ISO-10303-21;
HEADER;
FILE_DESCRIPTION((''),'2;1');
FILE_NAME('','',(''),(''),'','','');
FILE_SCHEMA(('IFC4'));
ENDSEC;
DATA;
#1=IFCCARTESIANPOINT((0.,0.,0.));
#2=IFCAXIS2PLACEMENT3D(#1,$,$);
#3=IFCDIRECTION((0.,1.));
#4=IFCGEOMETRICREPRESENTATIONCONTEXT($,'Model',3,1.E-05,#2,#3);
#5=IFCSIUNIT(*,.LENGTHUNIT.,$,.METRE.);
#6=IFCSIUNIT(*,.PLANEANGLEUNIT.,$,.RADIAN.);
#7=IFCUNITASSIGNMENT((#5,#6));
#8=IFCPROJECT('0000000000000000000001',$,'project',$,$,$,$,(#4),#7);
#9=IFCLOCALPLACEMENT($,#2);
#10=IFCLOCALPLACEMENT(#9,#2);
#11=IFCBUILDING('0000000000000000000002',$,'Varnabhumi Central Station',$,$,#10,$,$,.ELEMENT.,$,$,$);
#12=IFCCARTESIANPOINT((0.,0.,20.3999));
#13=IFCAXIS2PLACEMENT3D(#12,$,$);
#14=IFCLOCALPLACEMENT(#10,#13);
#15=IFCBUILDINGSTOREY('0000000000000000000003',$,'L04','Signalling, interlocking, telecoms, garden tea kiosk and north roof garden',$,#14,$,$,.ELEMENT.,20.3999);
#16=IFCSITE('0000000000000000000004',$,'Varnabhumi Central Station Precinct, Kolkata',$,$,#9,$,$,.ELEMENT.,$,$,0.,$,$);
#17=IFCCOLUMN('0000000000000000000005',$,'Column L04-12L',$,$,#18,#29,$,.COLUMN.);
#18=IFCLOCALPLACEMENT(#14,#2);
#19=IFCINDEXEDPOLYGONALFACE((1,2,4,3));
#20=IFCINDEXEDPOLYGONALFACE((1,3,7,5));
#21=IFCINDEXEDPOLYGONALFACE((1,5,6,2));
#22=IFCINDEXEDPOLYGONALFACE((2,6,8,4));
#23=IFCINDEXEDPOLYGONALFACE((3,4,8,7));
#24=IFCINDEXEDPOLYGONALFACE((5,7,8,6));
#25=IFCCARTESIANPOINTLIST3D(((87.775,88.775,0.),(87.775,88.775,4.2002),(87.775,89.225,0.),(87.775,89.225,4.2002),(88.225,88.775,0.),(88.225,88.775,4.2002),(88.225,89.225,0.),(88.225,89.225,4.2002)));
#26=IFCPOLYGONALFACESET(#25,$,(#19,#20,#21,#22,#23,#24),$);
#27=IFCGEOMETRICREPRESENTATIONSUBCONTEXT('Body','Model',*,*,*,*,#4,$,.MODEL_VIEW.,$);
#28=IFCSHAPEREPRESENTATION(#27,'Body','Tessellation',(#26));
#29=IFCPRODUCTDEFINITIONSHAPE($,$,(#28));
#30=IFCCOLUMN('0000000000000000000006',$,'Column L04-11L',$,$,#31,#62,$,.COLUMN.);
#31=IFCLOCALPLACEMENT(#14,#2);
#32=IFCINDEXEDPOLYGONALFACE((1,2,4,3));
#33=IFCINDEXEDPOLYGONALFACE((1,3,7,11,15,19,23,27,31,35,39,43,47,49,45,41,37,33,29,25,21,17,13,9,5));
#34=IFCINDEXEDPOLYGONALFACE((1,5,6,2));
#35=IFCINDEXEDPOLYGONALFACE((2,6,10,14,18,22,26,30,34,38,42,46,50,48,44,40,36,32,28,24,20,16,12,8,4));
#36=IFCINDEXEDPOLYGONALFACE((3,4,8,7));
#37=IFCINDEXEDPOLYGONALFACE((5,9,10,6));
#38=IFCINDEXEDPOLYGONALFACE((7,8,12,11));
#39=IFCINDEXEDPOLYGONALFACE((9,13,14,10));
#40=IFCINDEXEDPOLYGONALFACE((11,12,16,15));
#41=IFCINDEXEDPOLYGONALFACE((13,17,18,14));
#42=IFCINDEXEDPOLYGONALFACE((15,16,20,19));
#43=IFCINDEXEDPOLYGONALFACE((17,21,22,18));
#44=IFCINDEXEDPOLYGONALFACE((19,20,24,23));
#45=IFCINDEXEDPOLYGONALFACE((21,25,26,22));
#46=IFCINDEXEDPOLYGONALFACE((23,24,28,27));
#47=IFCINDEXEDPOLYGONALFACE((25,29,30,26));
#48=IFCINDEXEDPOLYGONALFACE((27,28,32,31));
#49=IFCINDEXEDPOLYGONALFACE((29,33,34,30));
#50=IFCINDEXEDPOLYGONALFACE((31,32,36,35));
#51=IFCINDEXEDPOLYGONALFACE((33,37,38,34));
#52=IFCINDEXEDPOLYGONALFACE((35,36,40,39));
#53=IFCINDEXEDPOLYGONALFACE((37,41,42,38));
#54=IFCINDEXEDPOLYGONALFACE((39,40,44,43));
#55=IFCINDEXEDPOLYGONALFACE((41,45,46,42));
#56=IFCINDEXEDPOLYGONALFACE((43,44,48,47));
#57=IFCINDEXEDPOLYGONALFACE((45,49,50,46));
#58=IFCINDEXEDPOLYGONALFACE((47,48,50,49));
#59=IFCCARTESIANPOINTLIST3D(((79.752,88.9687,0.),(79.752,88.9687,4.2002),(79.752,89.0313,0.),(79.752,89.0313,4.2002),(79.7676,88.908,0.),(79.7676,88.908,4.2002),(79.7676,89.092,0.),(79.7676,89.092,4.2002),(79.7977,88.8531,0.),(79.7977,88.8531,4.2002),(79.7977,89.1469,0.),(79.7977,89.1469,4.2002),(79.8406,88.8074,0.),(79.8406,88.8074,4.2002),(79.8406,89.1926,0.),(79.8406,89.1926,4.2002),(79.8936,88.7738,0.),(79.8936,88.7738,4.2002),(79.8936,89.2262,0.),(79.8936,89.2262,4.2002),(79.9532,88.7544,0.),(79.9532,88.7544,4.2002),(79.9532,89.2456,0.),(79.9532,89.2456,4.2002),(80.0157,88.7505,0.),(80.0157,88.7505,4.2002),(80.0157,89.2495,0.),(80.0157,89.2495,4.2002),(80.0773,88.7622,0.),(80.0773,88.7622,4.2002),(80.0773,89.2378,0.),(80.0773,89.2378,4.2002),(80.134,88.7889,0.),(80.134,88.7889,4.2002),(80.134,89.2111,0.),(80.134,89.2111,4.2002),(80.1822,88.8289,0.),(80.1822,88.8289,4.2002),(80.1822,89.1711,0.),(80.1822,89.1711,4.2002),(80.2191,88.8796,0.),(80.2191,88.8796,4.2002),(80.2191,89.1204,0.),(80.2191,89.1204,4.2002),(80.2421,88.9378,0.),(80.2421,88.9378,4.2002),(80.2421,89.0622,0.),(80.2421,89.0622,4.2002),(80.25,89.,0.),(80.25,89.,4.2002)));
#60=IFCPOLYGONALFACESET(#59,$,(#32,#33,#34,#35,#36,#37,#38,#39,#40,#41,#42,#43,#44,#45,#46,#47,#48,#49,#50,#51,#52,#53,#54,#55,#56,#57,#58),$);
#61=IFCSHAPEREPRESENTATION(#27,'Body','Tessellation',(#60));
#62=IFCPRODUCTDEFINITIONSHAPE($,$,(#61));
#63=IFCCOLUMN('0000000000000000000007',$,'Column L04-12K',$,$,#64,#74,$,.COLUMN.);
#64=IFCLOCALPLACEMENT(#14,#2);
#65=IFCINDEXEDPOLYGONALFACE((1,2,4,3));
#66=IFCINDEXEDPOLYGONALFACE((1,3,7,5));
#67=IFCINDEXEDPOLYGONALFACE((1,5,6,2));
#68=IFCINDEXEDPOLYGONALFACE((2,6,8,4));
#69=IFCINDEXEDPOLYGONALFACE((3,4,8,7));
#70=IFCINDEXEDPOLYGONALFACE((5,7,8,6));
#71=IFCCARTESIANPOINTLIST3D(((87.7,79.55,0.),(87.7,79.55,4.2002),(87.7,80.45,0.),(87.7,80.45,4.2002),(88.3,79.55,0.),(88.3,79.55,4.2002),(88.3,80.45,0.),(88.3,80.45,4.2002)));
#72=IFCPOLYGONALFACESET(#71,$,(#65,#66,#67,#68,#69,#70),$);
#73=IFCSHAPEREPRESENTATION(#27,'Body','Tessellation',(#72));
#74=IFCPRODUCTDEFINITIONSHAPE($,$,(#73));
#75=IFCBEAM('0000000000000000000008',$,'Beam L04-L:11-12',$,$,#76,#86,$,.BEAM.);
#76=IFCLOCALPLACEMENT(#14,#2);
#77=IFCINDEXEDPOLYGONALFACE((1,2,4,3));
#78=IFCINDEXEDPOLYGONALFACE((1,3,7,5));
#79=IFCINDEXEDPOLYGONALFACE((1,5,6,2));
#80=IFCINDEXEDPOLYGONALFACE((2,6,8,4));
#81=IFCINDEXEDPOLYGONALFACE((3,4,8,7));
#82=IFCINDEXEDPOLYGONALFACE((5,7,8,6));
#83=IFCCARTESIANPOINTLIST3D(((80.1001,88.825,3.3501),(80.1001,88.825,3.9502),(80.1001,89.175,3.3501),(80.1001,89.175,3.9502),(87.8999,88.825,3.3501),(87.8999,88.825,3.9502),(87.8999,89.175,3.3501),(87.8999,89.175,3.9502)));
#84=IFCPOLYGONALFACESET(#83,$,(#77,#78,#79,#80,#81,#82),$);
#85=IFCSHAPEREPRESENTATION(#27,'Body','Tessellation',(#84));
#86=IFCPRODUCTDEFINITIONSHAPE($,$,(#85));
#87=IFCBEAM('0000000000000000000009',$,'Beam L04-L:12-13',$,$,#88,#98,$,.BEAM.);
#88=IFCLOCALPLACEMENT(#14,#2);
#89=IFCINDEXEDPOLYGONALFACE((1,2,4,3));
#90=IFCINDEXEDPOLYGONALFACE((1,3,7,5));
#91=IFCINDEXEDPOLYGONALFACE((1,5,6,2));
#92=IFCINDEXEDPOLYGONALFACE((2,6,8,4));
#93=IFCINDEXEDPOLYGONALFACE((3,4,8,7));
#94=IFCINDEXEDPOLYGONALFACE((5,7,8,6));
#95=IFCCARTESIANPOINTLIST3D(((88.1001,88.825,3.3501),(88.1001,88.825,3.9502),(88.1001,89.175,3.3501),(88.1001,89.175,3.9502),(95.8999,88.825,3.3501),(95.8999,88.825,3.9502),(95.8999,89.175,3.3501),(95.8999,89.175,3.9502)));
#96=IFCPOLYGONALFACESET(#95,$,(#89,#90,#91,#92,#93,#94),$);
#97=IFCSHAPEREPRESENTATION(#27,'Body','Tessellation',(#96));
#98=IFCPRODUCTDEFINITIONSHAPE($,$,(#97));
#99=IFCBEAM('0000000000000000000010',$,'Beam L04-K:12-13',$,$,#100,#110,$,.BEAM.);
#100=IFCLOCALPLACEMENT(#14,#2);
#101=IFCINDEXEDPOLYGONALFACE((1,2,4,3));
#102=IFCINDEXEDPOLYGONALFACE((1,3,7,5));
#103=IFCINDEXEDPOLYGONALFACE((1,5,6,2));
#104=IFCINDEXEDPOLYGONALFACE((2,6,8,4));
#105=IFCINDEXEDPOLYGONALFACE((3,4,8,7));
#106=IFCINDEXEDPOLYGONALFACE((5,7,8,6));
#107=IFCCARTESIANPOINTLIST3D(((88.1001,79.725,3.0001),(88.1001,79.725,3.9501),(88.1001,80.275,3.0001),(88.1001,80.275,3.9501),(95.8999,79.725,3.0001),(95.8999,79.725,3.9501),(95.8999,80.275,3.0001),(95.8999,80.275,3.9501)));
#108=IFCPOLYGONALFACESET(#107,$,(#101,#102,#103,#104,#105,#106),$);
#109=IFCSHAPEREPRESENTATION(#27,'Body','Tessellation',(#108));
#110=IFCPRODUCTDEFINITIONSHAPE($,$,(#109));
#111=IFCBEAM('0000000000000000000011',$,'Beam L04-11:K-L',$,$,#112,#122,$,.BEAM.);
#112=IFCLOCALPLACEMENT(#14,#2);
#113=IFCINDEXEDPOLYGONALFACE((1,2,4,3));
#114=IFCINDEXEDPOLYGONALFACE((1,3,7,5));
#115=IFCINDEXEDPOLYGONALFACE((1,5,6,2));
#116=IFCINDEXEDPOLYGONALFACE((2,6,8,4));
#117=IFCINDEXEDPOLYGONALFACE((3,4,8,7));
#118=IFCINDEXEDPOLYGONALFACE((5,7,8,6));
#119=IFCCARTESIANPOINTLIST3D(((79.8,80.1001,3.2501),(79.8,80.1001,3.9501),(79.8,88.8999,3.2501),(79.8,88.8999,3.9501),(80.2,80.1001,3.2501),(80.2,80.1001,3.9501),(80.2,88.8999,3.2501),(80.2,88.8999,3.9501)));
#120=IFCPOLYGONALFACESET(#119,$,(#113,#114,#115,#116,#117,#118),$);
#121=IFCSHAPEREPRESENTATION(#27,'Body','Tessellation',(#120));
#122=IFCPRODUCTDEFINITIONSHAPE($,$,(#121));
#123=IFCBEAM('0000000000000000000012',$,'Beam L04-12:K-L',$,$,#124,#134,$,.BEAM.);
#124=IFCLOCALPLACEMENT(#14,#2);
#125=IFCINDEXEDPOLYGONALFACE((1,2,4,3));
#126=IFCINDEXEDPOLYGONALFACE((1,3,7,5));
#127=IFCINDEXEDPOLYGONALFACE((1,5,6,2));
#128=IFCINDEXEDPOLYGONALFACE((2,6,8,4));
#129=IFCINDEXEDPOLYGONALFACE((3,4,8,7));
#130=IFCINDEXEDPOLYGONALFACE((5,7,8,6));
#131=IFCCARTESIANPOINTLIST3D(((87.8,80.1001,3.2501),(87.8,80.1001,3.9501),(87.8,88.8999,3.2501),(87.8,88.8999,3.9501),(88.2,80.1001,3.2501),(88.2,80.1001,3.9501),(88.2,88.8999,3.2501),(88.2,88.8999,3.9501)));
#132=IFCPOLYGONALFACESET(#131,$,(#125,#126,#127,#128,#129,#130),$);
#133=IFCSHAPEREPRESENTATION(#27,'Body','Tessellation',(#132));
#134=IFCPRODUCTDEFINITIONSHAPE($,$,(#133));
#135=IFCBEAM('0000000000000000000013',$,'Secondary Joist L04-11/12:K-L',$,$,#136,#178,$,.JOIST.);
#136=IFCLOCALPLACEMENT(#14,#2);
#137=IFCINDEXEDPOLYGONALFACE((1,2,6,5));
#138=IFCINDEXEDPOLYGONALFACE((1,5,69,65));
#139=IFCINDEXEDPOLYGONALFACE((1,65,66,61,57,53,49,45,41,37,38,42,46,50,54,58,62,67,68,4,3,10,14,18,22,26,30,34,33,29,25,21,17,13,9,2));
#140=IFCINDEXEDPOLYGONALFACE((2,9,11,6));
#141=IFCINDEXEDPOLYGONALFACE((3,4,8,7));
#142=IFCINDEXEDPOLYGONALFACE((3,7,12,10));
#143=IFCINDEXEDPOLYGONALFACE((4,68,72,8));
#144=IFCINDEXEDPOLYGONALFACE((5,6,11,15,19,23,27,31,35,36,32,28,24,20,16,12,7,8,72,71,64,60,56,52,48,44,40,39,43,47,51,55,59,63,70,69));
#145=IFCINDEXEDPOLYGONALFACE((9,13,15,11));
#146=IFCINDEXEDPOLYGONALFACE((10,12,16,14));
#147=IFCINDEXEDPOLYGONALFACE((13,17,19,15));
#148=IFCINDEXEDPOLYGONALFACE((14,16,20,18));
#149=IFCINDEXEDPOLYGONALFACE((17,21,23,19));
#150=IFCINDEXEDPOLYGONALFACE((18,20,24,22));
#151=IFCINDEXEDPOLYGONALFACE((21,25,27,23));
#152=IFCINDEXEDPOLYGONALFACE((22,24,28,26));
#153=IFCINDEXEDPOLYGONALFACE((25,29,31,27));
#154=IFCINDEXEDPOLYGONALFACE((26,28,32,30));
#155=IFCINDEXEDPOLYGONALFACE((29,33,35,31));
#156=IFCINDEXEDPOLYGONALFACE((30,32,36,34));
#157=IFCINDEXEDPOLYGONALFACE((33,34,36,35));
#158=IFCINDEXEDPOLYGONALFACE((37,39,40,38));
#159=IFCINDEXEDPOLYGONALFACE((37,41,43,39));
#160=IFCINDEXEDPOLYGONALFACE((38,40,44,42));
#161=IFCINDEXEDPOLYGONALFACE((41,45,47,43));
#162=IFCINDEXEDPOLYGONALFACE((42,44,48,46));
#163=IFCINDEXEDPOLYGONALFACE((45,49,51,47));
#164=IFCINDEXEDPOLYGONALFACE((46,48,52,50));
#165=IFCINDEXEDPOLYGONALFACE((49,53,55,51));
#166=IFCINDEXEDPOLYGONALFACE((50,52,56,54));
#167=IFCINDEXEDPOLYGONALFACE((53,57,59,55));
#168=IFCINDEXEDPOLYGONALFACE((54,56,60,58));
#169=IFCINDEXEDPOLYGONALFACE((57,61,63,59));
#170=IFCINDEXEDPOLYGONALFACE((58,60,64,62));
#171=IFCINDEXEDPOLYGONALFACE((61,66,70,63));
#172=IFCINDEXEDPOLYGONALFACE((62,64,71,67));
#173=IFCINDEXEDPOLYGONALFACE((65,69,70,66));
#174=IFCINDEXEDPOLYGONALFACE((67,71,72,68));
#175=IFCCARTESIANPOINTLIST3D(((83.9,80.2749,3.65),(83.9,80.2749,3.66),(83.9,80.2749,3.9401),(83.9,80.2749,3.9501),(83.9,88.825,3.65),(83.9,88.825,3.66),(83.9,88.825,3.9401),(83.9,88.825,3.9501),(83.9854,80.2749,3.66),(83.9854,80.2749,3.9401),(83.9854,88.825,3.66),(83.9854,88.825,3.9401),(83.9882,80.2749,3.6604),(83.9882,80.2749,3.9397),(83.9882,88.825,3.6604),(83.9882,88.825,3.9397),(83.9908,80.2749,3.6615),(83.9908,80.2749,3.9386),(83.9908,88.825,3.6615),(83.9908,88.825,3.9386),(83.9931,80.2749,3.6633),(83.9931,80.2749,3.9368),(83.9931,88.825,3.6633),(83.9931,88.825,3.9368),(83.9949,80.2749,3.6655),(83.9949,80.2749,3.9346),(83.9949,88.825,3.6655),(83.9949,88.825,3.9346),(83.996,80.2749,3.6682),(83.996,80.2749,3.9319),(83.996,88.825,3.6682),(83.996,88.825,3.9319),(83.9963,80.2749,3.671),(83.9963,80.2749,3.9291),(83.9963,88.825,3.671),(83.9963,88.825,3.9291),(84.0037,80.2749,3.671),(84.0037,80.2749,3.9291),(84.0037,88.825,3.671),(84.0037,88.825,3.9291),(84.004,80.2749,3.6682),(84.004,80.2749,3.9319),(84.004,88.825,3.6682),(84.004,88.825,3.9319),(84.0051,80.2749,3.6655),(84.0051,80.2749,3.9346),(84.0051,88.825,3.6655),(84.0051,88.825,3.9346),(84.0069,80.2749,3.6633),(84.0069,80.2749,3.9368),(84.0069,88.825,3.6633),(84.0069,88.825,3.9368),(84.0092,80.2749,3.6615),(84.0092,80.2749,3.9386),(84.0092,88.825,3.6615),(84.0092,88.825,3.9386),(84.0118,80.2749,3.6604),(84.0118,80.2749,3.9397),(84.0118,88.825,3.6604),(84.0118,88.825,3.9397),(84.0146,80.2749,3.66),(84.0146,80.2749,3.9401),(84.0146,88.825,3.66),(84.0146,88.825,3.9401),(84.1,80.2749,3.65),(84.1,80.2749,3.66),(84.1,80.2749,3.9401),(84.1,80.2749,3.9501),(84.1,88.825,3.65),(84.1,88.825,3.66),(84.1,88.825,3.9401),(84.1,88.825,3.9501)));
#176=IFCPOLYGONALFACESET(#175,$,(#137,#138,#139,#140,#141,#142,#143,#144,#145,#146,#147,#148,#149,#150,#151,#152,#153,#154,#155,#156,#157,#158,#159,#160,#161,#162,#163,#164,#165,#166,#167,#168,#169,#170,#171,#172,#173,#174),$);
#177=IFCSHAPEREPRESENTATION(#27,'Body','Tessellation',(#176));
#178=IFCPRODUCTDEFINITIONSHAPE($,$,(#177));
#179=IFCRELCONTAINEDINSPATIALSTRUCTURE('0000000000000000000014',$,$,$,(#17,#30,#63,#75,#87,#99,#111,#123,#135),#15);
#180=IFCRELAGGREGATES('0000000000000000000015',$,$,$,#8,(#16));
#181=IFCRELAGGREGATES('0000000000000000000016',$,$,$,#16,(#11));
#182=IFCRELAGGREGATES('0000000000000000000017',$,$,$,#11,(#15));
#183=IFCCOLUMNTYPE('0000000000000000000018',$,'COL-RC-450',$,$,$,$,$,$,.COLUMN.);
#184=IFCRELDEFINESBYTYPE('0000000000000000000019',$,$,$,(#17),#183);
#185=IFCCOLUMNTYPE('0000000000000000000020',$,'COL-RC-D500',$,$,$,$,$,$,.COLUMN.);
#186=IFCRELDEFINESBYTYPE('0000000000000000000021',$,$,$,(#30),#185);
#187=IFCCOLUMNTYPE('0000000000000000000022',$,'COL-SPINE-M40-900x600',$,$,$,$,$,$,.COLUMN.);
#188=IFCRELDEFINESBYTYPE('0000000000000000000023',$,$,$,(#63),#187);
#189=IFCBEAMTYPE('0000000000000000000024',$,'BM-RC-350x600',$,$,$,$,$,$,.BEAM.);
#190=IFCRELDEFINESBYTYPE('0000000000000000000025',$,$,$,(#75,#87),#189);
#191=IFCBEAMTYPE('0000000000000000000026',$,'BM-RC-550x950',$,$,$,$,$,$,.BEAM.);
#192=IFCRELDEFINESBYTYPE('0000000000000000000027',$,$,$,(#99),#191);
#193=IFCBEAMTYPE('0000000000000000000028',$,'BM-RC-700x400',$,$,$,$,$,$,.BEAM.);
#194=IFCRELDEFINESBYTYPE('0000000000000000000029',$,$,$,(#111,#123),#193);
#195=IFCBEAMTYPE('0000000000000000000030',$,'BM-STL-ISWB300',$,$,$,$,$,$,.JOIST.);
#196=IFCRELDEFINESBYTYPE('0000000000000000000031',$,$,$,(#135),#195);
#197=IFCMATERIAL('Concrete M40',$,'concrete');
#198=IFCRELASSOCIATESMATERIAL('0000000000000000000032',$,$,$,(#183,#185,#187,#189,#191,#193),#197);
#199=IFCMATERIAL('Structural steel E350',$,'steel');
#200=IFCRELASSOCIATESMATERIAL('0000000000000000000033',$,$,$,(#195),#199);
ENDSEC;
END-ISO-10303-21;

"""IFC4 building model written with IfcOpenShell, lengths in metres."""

from ifc_helpers import new_model, si_unit, direction, frame, origin, origin_2d, place, context, subcontext, project, spatial, rectangle, circle, i_section, extrude, material, material_profile, profile_set, type_object, element, save


model = new_model("IFC4")

# Units and contexts
model_context = context("Model", 3, precision=1e-05, world=origin(), true_north=direction((0.0, 1.0)))
body_context = subcontext(model_context, "Body", "Model", "MODEL_VIEW")
ifc_project = project(units=[si_unit("LENGTHUNIT", "METRE"), si_unit("PLANEANGLEUNIT", "RADIAN")], contexts=[model_context])

# Site, building, storey
site_placement = place(None, origin())
site = spatial("IfcSite", under=ifc_project, at=site_placement, Name="Varnabhumi Central Station Precinct, Kolkata", CompositionType="ELEMENT", RefElevation=0.0)
building_placement = place(site_placement, origin())
building = spatial("IfcBuilding", under=site, at=building_placement, Name="Varnabhumi Central Station", CompositionType="ELEMENT")
storey_placement = place(building_placement, frame((0.0, 0.0, 20.3999)))
storey = spatial("IfcBuildingStorey", under=building, at=storey_placement, Name="L04", Description="Signalling, interlocking, telecoms, garden tea kiosk and north roof garden", CompositionType="ELEMENT", Elevation=20.3999)

# Columns
ifc_material_1 = material(Name="Concrete M40", Category="concrete")
ifc_material_profile_1 = material_profile(ifc_material_1, rectangle(XDim=0.45, YDim=0.45, at=origin_2d()), Name="Concrete M40", Category="concrete")
ifc_profile_set_1 = profile_set([ifc_material_profile_1], Name="Concrete M40")
column_type_1 = type_object("IfcColumnType", Name="COL-RC-450", PredefinedType="COLUMN", material=ifc_profile_set_1)
column_1_placement = place(storey_placement, frame((88.0, 89.0, 0.0), z_axis=(0.0, 0.0, 1.0), x_axis=(1.0, 0.0, 0.0)))
element("IfcColumn", 1, at=column_1_placement, inside=storey, type_object=column_type_1, Name="Column L04-12L", PredefinedType="COLUMN", context=body_context, shape_type="SweptSolid", body=[
    extrude(rectangle(XDim=0.45, YDim=0.45, at=origin_2d()), origin(), (0.0, 0.0, 1.0), 4.2002),
])
ifc_material_profile_2 = material_profile(ifc_material_1, circle(Radius=0.25, at=origin_2d()), Name="Concrete M40", Category="concrete")
ifc_profile_set_2 = profile_set([ifc_material_profile_2], Name="Concrete M40")
column_type_2 = type_object("IfcColumnType", Name="COL-RC-D500", PredefinedType="COLUMN", material=ifc_profile_set_2)
column_2_placement = place(storey_placement, frame((80.0, 89.0, 0.0), z_axis=(0.0, 0.0, 1.0), x_axis=(1.0, 0.0, 0.0)))
element("IfcColumn", 2, at=column_2_placement, inside=storey, type_object=column_type_2, Name="Column L04-11L", PredefinedType="COLUMN", context=body_context, shape_type="SweptSolid", body=[
    extrude(circle(Radius=0.25, at=origin_2d()), origin(), (0.0, 0.0, 1.0), 4.2002),
])
ifc_material_profile_3 = material_profile(ifc_material_1, rectangle(XDim=0.6001, YDim=0.8999, at=origin_2d()), Name="Concrete M40", Category="concrete")
ifc_profile_set_3 = profile_set([ifc_material_profile_3], Name="Concrete M40")
column_type_3 = type_object("IfcColumnType", Name="COL-SPINE-M40-900x600", PredefinedType="COLUMN", material=ifc_profile_set_3)
column_3_placement = place(storey_placement, frame((88.0, 80.0, 0.0), z_axis=(0.0, 0.0, 1.0), x_axis=(1.0, 0.0, 0.0)))
element("IfcColumn", 3, at=column_3_placement, inside=storey, type_object=column_type_3, Name="Column L04-12K", PredefinedType="COLUMN", context=body_context, shape_type="SweptSolid", body=[
    extrude(rectangle(XDim=0.6001, YDim=0.8999, at=origin_2d()), origin(), (0.0, 0.0, 1.0), 4.2002),
])

# Beams
ifc_material_profile_4 = material_profile(ifc_material_1, rectangle(XDim=0.3501, YDim=0.6001, at=origin_2d()), Name="Concrete M40", Category="concrete")
ifc_profile_set_4 = profile_set([ifc_material_profile_4], Name="Concrete M40")
beam_type_1 = type_object("IfcBeamType", Name="BM-RC-350x600", PredefinedType="BEAM", material=ifc_profile_set_4)
for number, where, z_axis, x_axis, name in (
    (4, (80.1001, 89.0, 3.6501), (1.0, 0.0, 0.0), (0.0, 1.0, 0.0), "Beam L04-L:11-12"),
    (5, (88.1001, 89.0, 3.6501), (1.0, 0.0, 0.0), (0.0, 1.0, 0.0), "Beam L04-L:12-13"),
):
    element("IfcBeam", number, at=place(storey_placement, frame(where, z_axis=z_axis, x_axis=x_axis)), inside=storey, type_object=beam_type_1, Name=name, PredefinedType="BEAM", context=body_context, shape_type="SweptSolid", body=[
        extrude(rectangle(XDim=0.3501, YDim=0.6001, at=origin_2d()), origin(), (0.0, 0.0, 1.0), 7.7998),
    ])
ifc_material_profile_5 = material_profile(ifc_material_1, rectangle(XDim=0.55, YDim=0.95, at=origin_2d()), Name="Concrete M40", Category="concrete")
ifc_profile_set_5 = profile_set([ifc_material_profile_5], Name="Concrete M40")
beam_type_2 = type_object("IfcBeamType", Name="BM-RC-550x950", PredefinedType="BEAM", material=ifc_profile_set_5)
beam_1_placement = place(storey_placement, frame((88.1001, 80.0, 3.4751), z_axis=(1.0, 0.0, 0.0), x_axis=(0.0, 1.0, 0.0)))
element("IfcBeam", 6, at=beam_1_placement, inside=storey, type_object=beam_type_2, Name="Beam L04-K:12-13", PredefinedType="BEAM", context=body_context, shape_type="SweptSolid", body=[
    extrude(rectangle(XDim=0.55, YDim=0.95, at=origin_2d()), origin(), (0.0, 0.0, 1.0), 7.7998),
])
ifc_material_profile_6 = material_profile(ifc_material_1, rectangle(XDim=0.3999, YDim=0.7, at=origin_2d()), Name="Concrete M40", Category="concrete")
ifc_profile_set_6 = profile_set([ifc_material_profile_6], Name="Concrete M40")
beam_type_3 = type_object("IfcBeamType", Name="BM-RC-700x400", PredefinedType="BEAM", material=ifc_profile_set_6)
for number, where, z_axis, x_axis, name in (
    (7, (80.0, 80.1001, 3.6001), (0.0, 1.0, 0.0), (-1.0, 0.0, 0.0), "Beam L04-11:K-L"),
    (8, (88.0, 80.1001, 3.6001), (0.0, 1.0, 0.0), (-1.0, 0.0, 0.0), "Beam L04-12:K-L"),
):
    element("IfcBeam", number, at=place(storey_placement, frame(where, z_axis=z_axis, x_axis=x_axis)), inside=storey, type_object=beam_type_3, Name=name, PredefinedType="BEAM", context=body_context, shape_type="SweptSolid", body=[
        extrude(rectangle(XDim=0.3999, YDim=0.7, at=origin_2d()), origin(), (0.0, 0.0, 1.0), 8.7998),
    ])
ifc_material_2 = material(Name="Structural steel E350", Category="steel")
ifc_material_profile_7 = material_profile(ifc_material_2, i_section(OverallWidth=0.2, OverallDepth=0.3, WebThickness=0.0073, FlangeThickness=0.01, FilletRadius=0.011, at=origin_2d()), Name="Structural steel E350", Category="steel")
ifc_profile_set_7 = profile_set([ifc_material_profile_7], Name="Structural steel E350")
beam_type_4 = type_object("IfcBeamType", Name="BM-STL-ISWB300", PredefinedType="JOIST", material=ifc_profile_set_7)
beam_2_placement = place(storey_placement, frame((84.0, 80.2749, 3.8), z_axis=(0.0, 1.0, 0.0), x_axis=(-1.0, 0.0, 0.0)))
element("IfcBeam", 9, at=beam_2_placement, inside=storey, type_object=beam_type_4, Name="Secondary Joist L04-11/12:K-L", PredefinedType="JOIST", context=body_context, shape_type="SweptSolid", body=[
    extrude(i_section(OverallWidth=0.2, OverallDepth=0.3, WebThickness=0.0073, FlangeThickness=0.01, FilletRadius=0.011, at=origin_2d()), origin(), (0.0, 0.0, 1.0), 8.55),
])

save(model, "model.ifc")
